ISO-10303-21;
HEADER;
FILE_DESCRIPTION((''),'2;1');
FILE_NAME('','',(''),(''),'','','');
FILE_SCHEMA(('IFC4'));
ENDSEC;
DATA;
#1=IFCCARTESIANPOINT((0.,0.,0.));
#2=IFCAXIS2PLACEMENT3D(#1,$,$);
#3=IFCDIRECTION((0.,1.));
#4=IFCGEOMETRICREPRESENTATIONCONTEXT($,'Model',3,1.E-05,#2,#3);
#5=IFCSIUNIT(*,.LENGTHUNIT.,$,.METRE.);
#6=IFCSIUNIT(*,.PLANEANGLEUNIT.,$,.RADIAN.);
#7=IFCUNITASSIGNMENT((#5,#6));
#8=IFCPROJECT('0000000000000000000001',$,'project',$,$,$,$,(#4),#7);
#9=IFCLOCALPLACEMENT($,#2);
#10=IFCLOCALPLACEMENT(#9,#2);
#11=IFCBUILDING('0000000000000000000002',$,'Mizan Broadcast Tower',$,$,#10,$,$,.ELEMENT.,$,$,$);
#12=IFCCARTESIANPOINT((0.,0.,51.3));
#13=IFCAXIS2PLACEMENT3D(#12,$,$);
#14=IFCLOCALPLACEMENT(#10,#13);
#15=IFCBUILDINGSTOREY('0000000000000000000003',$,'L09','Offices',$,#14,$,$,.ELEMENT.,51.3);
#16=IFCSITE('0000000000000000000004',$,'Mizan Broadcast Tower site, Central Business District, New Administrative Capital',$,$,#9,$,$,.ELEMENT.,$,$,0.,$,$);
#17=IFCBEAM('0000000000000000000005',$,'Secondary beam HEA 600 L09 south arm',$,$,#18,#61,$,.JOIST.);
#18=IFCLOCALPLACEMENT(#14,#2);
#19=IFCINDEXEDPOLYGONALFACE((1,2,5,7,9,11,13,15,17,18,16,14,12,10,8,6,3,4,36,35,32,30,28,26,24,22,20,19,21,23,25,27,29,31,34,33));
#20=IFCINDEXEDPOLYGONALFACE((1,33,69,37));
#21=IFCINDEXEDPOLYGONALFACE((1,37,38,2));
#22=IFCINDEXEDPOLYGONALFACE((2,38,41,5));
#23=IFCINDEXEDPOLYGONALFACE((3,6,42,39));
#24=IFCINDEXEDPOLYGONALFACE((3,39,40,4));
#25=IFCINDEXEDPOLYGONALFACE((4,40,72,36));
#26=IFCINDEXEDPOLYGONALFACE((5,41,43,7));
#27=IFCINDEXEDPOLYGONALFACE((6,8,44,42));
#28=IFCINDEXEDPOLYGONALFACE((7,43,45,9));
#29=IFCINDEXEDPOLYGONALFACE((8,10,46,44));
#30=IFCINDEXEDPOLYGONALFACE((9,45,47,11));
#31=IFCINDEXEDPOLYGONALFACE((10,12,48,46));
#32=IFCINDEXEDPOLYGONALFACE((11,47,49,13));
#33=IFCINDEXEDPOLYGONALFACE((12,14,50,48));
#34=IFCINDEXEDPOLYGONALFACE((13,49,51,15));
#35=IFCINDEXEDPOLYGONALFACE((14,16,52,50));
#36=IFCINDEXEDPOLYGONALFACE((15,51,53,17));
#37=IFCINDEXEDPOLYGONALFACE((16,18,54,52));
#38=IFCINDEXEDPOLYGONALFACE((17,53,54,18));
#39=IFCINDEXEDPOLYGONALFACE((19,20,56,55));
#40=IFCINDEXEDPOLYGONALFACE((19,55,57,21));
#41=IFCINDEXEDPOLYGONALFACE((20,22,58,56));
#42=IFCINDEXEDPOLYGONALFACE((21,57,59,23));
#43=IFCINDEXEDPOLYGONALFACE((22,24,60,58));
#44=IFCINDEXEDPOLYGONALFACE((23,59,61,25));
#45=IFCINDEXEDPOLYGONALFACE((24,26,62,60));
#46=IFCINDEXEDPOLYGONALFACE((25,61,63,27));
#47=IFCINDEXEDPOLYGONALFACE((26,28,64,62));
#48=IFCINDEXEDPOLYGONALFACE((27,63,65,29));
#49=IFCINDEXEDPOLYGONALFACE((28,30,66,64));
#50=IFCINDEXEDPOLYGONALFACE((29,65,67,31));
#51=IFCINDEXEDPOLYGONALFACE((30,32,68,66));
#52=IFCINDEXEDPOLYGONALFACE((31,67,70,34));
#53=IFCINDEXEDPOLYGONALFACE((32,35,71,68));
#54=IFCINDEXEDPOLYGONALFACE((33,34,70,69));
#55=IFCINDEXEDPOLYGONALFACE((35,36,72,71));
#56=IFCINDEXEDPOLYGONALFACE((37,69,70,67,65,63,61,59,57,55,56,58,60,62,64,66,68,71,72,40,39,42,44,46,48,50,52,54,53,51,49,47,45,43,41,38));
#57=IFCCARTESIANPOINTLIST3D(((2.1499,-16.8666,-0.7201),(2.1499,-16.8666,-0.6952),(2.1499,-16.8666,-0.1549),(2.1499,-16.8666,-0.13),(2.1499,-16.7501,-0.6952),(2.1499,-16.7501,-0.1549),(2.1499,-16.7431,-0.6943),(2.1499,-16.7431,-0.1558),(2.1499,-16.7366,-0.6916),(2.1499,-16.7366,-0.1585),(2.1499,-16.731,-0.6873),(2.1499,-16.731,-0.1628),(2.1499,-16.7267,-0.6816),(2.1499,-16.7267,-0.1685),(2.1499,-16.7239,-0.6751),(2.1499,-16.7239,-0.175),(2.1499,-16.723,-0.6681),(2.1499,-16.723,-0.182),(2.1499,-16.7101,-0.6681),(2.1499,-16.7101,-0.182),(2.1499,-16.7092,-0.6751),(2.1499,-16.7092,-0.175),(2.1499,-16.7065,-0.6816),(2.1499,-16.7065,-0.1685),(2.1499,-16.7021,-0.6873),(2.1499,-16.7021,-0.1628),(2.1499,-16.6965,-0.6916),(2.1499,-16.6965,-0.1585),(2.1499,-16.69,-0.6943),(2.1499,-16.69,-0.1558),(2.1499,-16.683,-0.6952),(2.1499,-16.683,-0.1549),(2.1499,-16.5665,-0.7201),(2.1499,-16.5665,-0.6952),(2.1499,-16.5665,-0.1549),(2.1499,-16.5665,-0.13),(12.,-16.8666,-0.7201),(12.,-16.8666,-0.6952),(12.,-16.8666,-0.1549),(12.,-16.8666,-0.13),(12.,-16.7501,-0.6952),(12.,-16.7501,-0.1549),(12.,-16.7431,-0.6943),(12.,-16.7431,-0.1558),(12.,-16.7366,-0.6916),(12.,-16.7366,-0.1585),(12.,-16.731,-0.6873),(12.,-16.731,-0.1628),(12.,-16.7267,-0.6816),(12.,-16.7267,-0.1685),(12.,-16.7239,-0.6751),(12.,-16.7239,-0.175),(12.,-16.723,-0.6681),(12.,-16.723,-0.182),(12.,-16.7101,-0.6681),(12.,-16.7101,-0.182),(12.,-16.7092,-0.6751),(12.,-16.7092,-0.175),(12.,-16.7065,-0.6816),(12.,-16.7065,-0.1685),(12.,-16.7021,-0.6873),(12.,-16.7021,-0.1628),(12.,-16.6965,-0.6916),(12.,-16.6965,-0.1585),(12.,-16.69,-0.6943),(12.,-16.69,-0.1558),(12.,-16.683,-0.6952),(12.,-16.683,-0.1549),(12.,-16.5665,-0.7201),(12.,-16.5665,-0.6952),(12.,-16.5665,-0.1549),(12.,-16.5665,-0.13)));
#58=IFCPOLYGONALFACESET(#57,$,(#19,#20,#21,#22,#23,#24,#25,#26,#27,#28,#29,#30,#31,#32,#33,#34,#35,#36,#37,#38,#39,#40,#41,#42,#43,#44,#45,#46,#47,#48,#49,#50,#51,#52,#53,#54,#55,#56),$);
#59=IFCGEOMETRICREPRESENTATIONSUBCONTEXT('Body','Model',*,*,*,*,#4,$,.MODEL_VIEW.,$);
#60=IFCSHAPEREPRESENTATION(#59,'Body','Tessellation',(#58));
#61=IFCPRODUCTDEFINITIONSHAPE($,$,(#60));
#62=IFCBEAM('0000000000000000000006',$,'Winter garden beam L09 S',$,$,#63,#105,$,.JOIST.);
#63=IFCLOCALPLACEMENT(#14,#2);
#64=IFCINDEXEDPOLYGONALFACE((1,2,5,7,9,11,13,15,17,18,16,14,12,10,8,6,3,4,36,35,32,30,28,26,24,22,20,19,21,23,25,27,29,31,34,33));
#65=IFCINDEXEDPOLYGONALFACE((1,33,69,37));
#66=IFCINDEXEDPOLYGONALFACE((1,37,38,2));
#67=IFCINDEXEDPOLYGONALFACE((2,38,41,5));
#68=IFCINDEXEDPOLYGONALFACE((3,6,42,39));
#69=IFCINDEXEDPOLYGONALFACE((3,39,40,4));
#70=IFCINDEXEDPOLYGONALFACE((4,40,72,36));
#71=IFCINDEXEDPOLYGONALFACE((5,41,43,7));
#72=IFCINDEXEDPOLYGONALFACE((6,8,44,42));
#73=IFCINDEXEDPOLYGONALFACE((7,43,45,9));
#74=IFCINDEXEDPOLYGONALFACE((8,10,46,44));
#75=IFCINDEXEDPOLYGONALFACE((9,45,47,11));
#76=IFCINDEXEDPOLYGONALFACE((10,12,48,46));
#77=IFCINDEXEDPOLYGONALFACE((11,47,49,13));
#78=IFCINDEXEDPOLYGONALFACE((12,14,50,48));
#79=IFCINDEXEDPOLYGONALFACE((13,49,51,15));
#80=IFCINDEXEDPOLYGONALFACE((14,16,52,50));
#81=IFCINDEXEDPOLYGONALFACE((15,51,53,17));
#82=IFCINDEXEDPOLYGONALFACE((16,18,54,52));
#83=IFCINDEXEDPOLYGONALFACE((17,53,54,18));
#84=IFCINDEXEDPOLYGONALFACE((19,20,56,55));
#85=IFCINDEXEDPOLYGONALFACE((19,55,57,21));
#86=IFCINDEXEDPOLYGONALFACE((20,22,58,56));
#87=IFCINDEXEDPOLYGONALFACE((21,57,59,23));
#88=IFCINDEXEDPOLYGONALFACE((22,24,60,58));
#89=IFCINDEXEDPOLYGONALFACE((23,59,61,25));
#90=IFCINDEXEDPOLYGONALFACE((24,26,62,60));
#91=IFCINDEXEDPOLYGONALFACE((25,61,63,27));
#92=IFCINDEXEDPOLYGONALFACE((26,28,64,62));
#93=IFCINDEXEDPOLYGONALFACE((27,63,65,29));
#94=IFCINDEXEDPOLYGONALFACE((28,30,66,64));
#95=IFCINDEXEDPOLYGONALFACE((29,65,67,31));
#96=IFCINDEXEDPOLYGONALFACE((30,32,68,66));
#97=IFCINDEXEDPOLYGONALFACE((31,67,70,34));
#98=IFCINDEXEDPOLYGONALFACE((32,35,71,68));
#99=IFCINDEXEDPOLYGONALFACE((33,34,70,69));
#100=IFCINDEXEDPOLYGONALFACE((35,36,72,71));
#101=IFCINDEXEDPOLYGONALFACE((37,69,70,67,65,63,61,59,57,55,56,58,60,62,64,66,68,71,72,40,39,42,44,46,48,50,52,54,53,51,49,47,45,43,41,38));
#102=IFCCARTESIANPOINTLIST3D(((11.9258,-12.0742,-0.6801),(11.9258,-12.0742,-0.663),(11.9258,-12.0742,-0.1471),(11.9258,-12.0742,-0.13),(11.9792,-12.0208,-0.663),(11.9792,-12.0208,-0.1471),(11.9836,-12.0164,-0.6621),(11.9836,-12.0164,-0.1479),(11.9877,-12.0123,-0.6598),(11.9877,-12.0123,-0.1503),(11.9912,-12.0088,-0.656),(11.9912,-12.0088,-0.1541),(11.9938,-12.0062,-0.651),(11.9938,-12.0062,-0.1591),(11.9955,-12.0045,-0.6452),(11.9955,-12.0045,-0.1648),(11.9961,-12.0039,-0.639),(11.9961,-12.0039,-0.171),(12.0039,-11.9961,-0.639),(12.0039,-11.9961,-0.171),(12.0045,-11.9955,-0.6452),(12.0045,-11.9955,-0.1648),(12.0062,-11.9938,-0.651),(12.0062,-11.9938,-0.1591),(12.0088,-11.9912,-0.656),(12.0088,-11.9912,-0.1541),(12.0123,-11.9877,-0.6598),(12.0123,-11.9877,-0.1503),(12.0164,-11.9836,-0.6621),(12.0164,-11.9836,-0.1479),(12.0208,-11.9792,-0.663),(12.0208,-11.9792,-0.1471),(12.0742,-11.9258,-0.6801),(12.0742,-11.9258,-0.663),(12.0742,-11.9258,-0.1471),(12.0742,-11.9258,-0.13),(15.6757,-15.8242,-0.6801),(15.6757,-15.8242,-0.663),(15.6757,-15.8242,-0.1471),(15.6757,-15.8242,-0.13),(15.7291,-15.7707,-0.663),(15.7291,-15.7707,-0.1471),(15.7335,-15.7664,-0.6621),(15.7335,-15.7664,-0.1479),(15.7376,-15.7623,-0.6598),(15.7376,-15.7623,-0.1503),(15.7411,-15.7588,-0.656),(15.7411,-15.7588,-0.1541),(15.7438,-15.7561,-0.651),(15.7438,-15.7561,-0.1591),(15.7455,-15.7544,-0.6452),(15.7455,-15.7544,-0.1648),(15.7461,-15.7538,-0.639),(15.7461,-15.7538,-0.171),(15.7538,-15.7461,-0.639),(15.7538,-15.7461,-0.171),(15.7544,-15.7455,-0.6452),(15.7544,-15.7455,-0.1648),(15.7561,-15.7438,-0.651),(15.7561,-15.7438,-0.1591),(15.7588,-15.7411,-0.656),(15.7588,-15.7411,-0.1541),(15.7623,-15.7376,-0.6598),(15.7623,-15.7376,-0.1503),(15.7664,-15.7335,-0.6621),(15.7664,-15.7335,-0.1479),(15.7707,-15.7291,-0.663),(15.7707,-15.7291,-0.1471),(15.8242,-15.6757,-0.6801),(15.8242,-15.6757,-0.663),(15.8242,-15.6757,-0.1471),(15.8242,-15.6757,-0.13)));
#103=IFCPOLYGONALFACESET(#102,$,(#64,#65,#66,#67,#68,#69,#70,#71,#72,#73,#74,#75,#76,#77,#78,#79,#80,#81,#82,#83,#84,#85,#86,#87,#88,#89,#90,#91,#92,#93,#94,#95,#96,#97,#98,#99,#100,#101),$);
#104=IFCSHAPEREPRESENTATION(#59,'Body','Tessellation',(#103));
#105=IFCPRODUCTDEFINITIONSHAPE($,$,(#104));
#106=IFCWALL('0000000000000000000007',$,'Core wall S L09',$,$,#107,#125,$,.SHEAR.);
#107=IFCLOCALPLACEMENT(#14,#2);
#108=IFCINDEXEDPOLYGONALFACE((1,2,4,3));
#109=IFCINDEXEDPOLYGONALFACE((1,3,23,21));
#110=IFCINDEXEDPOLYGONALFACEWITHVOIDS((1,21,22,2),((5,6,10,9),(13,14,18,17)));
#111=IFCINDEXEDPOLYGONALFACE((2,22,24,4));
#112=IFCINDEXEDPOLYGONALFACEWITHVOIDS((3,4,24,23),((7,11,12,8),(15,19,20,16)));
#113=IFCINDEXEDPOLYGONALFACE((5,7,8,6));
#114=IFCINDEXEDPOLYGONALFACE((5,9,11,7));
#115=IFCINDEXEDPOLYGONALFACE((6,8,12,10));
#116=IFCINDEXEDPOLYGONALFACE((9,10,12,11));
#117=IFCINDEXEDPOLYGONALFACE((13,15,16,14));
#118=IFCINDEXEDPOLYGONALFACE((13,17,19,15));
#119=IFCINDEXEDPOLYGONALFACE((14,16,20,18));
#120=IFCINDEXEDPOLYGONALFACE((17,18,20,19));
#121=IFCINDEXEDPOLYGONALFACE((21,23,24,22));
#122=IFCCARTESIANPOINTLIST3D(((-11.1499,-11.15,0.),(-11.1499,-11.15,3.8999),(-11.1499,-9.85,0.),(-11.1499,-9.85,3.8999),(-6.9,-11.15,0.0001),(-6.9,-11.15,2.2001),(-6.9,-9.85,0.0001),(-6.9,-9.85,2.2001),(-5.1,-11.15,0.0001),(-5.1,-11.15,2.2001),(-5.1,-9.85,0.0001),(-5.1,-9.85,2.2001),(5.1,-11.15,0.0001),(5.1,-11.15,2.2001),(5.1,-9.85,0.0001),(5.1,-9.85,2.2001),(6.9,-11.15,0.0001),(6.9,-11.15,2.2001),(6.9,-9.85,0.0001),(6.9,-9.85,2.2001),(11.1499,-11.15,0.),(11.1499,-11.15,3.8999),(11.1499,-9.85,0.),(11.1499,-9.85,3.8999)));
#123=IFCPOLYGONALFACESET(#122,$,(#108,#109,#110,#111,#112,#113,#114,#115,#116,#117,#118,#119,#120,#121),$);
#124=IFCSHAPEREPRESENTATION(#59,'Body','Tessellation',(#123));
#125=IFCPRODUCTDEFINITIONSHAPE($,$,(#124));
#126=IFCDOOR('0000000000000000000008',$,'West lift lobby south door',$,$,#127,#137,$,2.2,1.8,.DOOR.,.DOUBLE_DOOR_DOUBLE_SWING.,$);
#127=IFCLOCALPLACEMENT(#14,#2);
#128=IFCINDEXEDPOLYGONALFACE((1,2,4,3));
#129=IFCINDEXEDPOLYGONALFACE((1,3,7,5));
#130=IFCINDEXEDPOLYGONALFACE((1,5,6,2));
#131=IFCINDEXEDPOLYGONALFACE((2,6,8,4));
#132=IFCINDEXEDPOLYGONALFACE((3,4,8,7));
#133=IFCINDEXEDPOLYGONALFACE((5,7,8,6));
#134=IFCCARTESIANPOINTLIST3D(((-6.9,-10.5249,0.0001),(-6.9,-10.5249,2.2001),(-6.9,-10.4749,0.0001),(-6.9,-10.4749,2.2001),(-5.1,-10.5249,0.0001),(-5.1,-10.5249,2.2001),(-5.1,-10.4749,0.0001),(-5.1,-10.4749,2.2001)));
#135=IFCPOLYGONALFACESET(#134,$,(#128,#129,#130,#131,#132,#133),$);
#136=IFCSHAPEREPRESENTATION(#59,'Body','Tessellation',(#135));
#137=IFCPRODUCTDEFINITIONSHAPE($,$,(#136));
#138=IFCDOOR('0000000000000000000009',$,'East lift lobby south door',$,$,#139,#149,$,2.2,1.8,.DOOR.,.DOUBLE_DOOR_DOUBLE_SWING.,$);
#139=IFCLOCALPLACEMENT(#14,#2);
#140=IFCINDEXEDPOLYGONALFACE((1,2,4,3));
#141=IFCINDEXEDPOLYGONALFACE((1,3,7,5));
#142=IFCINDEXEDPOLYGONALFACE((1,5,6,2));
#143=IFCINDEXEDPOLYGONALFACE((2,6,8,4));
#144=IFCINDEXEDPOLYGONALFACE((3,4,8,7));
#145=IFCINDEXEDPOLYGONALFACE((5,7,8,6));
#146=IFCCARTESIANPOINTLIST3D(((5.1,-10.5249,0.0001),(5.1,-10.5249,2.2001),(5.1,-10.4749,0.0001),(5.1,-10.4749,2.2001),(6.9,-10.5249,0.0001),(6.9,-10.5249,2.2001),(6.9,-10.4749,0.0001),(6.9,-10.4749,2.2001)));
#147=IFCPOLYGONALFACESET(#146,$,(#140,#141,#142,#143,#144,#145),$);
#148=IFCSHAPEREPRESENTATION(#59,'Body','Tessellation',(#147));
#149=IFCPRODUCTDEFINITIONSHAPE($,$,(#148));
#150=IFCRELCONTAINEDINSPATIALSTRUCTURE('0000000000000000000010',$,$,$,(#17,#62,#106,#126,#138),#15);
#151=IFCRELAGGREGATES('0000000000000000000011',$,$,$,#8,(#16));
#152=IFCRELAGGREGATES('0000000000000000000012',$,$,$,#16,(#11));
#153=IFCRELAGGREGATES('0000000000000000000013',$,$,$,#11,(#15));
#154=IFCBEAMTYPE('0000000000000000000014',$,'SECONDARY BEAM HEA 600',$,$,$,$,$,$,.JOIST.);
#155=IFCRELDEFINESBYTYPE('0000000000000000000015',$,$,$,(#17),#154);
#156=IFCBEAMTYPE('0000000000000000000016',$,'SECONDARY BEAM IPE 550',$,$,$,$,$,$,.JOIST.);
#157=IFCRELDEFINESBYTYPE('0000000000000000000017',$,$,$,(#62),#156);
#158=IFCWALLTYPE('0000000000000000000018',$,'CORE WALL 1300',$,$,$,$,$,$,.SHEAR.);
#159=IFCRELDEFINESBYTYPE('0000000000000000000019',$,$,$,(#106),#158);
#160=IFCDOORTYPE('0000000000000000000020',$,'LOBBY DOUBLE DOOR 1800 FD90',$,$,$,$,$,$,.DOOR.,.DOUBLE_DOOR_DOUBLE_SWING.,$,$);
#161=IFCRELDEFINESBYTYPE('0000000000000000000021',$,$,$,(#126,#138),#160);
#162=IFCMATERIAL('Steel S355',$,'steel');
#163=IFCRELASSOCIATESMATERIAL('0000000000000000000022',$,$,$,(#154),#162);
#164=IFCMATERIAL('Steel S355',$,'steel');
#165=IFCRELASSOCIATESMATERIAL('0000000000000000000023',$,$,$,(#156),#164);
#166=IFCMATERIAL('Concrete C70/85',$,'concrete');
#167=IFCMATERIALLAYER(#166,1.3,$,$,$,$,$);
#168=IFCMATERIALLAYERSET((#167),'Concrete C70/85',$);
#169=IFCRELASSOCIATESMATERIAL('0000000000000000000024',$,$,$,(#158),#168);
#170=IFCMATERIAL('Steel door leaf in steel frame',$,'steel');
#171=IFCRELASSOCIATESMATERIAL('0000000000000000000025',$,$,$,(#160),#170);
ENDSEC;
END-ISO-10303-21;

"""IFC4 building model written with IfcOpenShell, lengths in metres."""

from ifc_helpers import new_model, si_unit, direction, frame, frame_2d, origin, origin_2d, place, context, subcontext, project, spatial, rectangle, i_section, extrude, material, layer, layer_set, material_profile, profile_set, type_object, element, fill, save


model = new_model("IFC4")

# Units and contexts
model_context = context("Model", 3, precision=1e-05, world=origin(), true_north=direction((0.0, 1.0)))
body_context = subcontext(model_context, "Body", "Model", "MODEL_VIEW")
ifc_project = project(units=[si_unit("LENGTHUNIT", "METRE"), si_unit("PLANEANGLEUNIT", "RADIAN")], contexts=[model_context])

# Site, building, storey
site_placement = place(None, origin())
site = spatial("IfcSite", under=ifc_project, at=site_placement, Name="Mizan Broadcast Tower site, Central Business District, New Administrative Capital", CompositionType="ELEMENT", RefElevation=0.0)
building_placement = place(site_placement, origin())
building = spatial("IfcBuilding", under=site, at=building_placement, Name="Mizan Broadcast Tower", CompositionType="ELEMENT")
storey_placement = place(building_placement, frame((0.0, 0.0, 51.3)))
storey = spatial("IfcBuildingStorey", under=building, at=storey_placement, Name="L09", Description="Offices", CompositionType="ELEMENT", Elevation=51.3)

# Beams
ifc_material_1 = material(Name="Steel S355", Category="steel")
ifc_material_profile_1 = material_profile(ifc_material_1, i_section(OverallWidth=0.3, OverallDepth=0.5901, WebThickness=0.0129, FlangeThickness=0.0249, FilletRadius=0.0271, at=origin_2d()), Name="HEA 600")
ifc_profile_set_1 = profile_set([ifc_material_profile_1], Name="Steel S355")
beam_type_1 = type_object("IfcBeamType", Name="SECONDARY BEAM HEA 600", PredefinedType="JOIST", material=ifc_profile_set_1)
for number, where, z_axis, x_axis, name in (
    (1, (12.0, -16.7166, -0.425), (-1.0, 0.0, 0.0), (0.0, -1.0, 0.0), "Secondary beam HEA 600 L09 south arm"),
):
    element("IfcBeam", number, at=place(storey_placement, frame(where, z_axis=z_axis, x_axis=x_axis)), inside=storey, type_object=beam_type_1, Name=name, PredefinedType="JOIST", context=body_context, shape_type="SweptSolid", body=[
        extrude(i_section(OverallWidth=0.3, OverallDepth=0.5901, WebThickness=0.0129, FlangeThickness=0.0249, FilletRadius=0.0271, at=origin_2d()), origin(), (0.0, 0.0, 1.0), 9.8501),
    ])
ifc_material_2 = material(Name="Steel S355", Category="steel")
ifc_material_profile_2 = material_profile(ifc_material_2, i_section(OverallWidth=0.21, OverallDepth=0.55, WebThickness=0.011, FlangeThickness=0.0171, FilletRadius=0.0239, at=origin_2d()), Name="IPE 550")
ifc_profile_set_2 = profile_set([ifc_material_profile_2], Name="Steel S355")
beam_type_2 = type_object("IfcBeamType", Name="SECONDARY BEAM IPE 550", PredefinedType="JOIST", material=ifc_profile_set_2)
beam_1_placement = place(storey_placement, frame((12.0, -12.0, -0.405), z_axis=(0.707107, -0.707107, 0.0), x_axis=(0.707107, 0.707107, 0.0)))
element("IfcBeam", 2, at=beam_1_placement, inside=storey, type_object=beam_type_2, Name="Winter garden beam L09 S", PredefinedType="JOIST", context=body_context, shape_type="SweptSolid", body=[
    extrude(i_section(OverallWidth=0.21, OverallDepth=0.55, WebThickness=0.011, FlangeThickness=0.0171, FilletRadius=0.0239, at=origin_2d()), origin(), (0.0, 0.0, 1.0), 5.3032),
])

# Wall, openings, doors
ifc_material_3 = material(Name="Concrete C70/85", Category="concrete")
ifc_layer_1 = layer(ifc_material_3, 1.3)
ifc_layer_set_1 = layer_set([ifc_layer_1], Name="Concrete C70/85")
wall_type_1 = type_object("IfcWallType", Name="CORE WALL 1300", PredefinedType="SHEAR", material=ifc_layer_set_1)
wall_1_placement = place(storey_placement, frame((11.1499, -10.5, 0.0), z_axis=(0.0, 0.0, 1.0), x_axis=(-1.0, 0.0, 0.0)))
wall_1 = element("IfcWall", 3, at=wall_1_placement, inside=storey, type_object=wall_type_1, Name="Core wall S L09", PredefinedType="SHEAR", context=body_context, shape_type="SweptSolid", body=[
    extrude(rectangle(XDim=22.2998, YDim=1.3, at=frame_2d((11.1499, 0.0))), origin(), (0.0, 0.0, 1.0), 3.8999),
])
opening_1_placement = place(wall_1_placement, frame((16.25, 0.0, 0.0)))
opening_1 = element("IfcOpeningElement", 4, at=opening_1_placement, cuts=wall_1, PredefinedType="OPENING", context=body_context, shape_type="SweptSolid", body=[
    extrude(rectangle(XDim=1.8, YDim=2.2, at=frame_2d((0.8999, 1.1001))), frame((0.0, 0.6599, 0.0), z_axis=(0.0, -1.0, 0.0), x_axis=(1.0, 0.0, 0.0)), (0.0, 0.0, 1.0), 1.3201),
])
opening_2_placement = place(wall_1_placement, frame((4.25, 0.0, 0.0)))
opening_2 = element("IfcOpeningElement", 5, at=opening_2_placement, cuts=wall_1, PredefinedType="OPENING", context=body_context, shape_type="SweptSolid", body=[
    extrude(rectangle(XDim=1.8, YDim=2.2, at=frame_2d((0.8999, 1.1001))), frame((0.0, 0.6599, 0.0), z_axis=(0.0, -1.0, 0.0), x_axis=(1.0, 0.0, 0.0)), (0.0, 0.0, 1.0), 1.3201),
])
ifc_material_4 = material(Name="Steel door leaf in steel frame", Category="steel")
door_type_1 = type_object("IfcDoorType", Name="LOBBY DOUBLE DOOR 1800 FD90", OperationType="DOUBLE_DOOR_DOUBLE_SWING", PredefinedType="DOOR", material=ifc_material_4)
door_1_placement = place(opening_1_placement, origin())
door_1 = element("IfcDoor", 6, at=door_1_placement, inside=storey, type_object=door_type_1, Name="West lift lobby south door", OperationType="DOUBLE_DOOR_DOUBLE_SWING", OverallHeight=2.2, OverallWidth=1.8, PredefinedType="DOOR", context=body_context, shape_type="SweptSolid", body=[
    extrude(rectangle(XDim=1.8, YDim=2.2, at=frame_2d((0.8999, 1.1001))), frame((0.0, 0.0249, 0.0), z_axis=(0.0, -1.0, 0.0), x_axis=(1.0, 0.0, 0.0)), (0.0, 0.0, 1.0), 0.05),
])
fill(opening_1, door_1)
door_2_placement = place(opening_2_placement, origin())
door_2 = element("IfcDoor", 7, at=door_2_placement, inside=storey, type_object=door_type_1, Name="East lift lobby south door", OperationType="DOUBLE_DOOR_DOUBLE_SWING", OverallHeight=2.2, OverallWidth=1.8, PredefinedType="DOOR", context=body_context, shape_type="SweptSolid", body=[
    extrude(rectangle(XDim=1.8, YDim=2.2, at=frame_2d((0.8999, 1.1001))), frame((0.0, 0.0249, 0.0), z_axis=(0.0, -1.0, 0.0), x_axis=(1.0, 0.0, 0.0)), (0.0, 0.0, 1.0), 0.05),
])
fill(opening_2, door_2)

save(model, "model.ifc")
